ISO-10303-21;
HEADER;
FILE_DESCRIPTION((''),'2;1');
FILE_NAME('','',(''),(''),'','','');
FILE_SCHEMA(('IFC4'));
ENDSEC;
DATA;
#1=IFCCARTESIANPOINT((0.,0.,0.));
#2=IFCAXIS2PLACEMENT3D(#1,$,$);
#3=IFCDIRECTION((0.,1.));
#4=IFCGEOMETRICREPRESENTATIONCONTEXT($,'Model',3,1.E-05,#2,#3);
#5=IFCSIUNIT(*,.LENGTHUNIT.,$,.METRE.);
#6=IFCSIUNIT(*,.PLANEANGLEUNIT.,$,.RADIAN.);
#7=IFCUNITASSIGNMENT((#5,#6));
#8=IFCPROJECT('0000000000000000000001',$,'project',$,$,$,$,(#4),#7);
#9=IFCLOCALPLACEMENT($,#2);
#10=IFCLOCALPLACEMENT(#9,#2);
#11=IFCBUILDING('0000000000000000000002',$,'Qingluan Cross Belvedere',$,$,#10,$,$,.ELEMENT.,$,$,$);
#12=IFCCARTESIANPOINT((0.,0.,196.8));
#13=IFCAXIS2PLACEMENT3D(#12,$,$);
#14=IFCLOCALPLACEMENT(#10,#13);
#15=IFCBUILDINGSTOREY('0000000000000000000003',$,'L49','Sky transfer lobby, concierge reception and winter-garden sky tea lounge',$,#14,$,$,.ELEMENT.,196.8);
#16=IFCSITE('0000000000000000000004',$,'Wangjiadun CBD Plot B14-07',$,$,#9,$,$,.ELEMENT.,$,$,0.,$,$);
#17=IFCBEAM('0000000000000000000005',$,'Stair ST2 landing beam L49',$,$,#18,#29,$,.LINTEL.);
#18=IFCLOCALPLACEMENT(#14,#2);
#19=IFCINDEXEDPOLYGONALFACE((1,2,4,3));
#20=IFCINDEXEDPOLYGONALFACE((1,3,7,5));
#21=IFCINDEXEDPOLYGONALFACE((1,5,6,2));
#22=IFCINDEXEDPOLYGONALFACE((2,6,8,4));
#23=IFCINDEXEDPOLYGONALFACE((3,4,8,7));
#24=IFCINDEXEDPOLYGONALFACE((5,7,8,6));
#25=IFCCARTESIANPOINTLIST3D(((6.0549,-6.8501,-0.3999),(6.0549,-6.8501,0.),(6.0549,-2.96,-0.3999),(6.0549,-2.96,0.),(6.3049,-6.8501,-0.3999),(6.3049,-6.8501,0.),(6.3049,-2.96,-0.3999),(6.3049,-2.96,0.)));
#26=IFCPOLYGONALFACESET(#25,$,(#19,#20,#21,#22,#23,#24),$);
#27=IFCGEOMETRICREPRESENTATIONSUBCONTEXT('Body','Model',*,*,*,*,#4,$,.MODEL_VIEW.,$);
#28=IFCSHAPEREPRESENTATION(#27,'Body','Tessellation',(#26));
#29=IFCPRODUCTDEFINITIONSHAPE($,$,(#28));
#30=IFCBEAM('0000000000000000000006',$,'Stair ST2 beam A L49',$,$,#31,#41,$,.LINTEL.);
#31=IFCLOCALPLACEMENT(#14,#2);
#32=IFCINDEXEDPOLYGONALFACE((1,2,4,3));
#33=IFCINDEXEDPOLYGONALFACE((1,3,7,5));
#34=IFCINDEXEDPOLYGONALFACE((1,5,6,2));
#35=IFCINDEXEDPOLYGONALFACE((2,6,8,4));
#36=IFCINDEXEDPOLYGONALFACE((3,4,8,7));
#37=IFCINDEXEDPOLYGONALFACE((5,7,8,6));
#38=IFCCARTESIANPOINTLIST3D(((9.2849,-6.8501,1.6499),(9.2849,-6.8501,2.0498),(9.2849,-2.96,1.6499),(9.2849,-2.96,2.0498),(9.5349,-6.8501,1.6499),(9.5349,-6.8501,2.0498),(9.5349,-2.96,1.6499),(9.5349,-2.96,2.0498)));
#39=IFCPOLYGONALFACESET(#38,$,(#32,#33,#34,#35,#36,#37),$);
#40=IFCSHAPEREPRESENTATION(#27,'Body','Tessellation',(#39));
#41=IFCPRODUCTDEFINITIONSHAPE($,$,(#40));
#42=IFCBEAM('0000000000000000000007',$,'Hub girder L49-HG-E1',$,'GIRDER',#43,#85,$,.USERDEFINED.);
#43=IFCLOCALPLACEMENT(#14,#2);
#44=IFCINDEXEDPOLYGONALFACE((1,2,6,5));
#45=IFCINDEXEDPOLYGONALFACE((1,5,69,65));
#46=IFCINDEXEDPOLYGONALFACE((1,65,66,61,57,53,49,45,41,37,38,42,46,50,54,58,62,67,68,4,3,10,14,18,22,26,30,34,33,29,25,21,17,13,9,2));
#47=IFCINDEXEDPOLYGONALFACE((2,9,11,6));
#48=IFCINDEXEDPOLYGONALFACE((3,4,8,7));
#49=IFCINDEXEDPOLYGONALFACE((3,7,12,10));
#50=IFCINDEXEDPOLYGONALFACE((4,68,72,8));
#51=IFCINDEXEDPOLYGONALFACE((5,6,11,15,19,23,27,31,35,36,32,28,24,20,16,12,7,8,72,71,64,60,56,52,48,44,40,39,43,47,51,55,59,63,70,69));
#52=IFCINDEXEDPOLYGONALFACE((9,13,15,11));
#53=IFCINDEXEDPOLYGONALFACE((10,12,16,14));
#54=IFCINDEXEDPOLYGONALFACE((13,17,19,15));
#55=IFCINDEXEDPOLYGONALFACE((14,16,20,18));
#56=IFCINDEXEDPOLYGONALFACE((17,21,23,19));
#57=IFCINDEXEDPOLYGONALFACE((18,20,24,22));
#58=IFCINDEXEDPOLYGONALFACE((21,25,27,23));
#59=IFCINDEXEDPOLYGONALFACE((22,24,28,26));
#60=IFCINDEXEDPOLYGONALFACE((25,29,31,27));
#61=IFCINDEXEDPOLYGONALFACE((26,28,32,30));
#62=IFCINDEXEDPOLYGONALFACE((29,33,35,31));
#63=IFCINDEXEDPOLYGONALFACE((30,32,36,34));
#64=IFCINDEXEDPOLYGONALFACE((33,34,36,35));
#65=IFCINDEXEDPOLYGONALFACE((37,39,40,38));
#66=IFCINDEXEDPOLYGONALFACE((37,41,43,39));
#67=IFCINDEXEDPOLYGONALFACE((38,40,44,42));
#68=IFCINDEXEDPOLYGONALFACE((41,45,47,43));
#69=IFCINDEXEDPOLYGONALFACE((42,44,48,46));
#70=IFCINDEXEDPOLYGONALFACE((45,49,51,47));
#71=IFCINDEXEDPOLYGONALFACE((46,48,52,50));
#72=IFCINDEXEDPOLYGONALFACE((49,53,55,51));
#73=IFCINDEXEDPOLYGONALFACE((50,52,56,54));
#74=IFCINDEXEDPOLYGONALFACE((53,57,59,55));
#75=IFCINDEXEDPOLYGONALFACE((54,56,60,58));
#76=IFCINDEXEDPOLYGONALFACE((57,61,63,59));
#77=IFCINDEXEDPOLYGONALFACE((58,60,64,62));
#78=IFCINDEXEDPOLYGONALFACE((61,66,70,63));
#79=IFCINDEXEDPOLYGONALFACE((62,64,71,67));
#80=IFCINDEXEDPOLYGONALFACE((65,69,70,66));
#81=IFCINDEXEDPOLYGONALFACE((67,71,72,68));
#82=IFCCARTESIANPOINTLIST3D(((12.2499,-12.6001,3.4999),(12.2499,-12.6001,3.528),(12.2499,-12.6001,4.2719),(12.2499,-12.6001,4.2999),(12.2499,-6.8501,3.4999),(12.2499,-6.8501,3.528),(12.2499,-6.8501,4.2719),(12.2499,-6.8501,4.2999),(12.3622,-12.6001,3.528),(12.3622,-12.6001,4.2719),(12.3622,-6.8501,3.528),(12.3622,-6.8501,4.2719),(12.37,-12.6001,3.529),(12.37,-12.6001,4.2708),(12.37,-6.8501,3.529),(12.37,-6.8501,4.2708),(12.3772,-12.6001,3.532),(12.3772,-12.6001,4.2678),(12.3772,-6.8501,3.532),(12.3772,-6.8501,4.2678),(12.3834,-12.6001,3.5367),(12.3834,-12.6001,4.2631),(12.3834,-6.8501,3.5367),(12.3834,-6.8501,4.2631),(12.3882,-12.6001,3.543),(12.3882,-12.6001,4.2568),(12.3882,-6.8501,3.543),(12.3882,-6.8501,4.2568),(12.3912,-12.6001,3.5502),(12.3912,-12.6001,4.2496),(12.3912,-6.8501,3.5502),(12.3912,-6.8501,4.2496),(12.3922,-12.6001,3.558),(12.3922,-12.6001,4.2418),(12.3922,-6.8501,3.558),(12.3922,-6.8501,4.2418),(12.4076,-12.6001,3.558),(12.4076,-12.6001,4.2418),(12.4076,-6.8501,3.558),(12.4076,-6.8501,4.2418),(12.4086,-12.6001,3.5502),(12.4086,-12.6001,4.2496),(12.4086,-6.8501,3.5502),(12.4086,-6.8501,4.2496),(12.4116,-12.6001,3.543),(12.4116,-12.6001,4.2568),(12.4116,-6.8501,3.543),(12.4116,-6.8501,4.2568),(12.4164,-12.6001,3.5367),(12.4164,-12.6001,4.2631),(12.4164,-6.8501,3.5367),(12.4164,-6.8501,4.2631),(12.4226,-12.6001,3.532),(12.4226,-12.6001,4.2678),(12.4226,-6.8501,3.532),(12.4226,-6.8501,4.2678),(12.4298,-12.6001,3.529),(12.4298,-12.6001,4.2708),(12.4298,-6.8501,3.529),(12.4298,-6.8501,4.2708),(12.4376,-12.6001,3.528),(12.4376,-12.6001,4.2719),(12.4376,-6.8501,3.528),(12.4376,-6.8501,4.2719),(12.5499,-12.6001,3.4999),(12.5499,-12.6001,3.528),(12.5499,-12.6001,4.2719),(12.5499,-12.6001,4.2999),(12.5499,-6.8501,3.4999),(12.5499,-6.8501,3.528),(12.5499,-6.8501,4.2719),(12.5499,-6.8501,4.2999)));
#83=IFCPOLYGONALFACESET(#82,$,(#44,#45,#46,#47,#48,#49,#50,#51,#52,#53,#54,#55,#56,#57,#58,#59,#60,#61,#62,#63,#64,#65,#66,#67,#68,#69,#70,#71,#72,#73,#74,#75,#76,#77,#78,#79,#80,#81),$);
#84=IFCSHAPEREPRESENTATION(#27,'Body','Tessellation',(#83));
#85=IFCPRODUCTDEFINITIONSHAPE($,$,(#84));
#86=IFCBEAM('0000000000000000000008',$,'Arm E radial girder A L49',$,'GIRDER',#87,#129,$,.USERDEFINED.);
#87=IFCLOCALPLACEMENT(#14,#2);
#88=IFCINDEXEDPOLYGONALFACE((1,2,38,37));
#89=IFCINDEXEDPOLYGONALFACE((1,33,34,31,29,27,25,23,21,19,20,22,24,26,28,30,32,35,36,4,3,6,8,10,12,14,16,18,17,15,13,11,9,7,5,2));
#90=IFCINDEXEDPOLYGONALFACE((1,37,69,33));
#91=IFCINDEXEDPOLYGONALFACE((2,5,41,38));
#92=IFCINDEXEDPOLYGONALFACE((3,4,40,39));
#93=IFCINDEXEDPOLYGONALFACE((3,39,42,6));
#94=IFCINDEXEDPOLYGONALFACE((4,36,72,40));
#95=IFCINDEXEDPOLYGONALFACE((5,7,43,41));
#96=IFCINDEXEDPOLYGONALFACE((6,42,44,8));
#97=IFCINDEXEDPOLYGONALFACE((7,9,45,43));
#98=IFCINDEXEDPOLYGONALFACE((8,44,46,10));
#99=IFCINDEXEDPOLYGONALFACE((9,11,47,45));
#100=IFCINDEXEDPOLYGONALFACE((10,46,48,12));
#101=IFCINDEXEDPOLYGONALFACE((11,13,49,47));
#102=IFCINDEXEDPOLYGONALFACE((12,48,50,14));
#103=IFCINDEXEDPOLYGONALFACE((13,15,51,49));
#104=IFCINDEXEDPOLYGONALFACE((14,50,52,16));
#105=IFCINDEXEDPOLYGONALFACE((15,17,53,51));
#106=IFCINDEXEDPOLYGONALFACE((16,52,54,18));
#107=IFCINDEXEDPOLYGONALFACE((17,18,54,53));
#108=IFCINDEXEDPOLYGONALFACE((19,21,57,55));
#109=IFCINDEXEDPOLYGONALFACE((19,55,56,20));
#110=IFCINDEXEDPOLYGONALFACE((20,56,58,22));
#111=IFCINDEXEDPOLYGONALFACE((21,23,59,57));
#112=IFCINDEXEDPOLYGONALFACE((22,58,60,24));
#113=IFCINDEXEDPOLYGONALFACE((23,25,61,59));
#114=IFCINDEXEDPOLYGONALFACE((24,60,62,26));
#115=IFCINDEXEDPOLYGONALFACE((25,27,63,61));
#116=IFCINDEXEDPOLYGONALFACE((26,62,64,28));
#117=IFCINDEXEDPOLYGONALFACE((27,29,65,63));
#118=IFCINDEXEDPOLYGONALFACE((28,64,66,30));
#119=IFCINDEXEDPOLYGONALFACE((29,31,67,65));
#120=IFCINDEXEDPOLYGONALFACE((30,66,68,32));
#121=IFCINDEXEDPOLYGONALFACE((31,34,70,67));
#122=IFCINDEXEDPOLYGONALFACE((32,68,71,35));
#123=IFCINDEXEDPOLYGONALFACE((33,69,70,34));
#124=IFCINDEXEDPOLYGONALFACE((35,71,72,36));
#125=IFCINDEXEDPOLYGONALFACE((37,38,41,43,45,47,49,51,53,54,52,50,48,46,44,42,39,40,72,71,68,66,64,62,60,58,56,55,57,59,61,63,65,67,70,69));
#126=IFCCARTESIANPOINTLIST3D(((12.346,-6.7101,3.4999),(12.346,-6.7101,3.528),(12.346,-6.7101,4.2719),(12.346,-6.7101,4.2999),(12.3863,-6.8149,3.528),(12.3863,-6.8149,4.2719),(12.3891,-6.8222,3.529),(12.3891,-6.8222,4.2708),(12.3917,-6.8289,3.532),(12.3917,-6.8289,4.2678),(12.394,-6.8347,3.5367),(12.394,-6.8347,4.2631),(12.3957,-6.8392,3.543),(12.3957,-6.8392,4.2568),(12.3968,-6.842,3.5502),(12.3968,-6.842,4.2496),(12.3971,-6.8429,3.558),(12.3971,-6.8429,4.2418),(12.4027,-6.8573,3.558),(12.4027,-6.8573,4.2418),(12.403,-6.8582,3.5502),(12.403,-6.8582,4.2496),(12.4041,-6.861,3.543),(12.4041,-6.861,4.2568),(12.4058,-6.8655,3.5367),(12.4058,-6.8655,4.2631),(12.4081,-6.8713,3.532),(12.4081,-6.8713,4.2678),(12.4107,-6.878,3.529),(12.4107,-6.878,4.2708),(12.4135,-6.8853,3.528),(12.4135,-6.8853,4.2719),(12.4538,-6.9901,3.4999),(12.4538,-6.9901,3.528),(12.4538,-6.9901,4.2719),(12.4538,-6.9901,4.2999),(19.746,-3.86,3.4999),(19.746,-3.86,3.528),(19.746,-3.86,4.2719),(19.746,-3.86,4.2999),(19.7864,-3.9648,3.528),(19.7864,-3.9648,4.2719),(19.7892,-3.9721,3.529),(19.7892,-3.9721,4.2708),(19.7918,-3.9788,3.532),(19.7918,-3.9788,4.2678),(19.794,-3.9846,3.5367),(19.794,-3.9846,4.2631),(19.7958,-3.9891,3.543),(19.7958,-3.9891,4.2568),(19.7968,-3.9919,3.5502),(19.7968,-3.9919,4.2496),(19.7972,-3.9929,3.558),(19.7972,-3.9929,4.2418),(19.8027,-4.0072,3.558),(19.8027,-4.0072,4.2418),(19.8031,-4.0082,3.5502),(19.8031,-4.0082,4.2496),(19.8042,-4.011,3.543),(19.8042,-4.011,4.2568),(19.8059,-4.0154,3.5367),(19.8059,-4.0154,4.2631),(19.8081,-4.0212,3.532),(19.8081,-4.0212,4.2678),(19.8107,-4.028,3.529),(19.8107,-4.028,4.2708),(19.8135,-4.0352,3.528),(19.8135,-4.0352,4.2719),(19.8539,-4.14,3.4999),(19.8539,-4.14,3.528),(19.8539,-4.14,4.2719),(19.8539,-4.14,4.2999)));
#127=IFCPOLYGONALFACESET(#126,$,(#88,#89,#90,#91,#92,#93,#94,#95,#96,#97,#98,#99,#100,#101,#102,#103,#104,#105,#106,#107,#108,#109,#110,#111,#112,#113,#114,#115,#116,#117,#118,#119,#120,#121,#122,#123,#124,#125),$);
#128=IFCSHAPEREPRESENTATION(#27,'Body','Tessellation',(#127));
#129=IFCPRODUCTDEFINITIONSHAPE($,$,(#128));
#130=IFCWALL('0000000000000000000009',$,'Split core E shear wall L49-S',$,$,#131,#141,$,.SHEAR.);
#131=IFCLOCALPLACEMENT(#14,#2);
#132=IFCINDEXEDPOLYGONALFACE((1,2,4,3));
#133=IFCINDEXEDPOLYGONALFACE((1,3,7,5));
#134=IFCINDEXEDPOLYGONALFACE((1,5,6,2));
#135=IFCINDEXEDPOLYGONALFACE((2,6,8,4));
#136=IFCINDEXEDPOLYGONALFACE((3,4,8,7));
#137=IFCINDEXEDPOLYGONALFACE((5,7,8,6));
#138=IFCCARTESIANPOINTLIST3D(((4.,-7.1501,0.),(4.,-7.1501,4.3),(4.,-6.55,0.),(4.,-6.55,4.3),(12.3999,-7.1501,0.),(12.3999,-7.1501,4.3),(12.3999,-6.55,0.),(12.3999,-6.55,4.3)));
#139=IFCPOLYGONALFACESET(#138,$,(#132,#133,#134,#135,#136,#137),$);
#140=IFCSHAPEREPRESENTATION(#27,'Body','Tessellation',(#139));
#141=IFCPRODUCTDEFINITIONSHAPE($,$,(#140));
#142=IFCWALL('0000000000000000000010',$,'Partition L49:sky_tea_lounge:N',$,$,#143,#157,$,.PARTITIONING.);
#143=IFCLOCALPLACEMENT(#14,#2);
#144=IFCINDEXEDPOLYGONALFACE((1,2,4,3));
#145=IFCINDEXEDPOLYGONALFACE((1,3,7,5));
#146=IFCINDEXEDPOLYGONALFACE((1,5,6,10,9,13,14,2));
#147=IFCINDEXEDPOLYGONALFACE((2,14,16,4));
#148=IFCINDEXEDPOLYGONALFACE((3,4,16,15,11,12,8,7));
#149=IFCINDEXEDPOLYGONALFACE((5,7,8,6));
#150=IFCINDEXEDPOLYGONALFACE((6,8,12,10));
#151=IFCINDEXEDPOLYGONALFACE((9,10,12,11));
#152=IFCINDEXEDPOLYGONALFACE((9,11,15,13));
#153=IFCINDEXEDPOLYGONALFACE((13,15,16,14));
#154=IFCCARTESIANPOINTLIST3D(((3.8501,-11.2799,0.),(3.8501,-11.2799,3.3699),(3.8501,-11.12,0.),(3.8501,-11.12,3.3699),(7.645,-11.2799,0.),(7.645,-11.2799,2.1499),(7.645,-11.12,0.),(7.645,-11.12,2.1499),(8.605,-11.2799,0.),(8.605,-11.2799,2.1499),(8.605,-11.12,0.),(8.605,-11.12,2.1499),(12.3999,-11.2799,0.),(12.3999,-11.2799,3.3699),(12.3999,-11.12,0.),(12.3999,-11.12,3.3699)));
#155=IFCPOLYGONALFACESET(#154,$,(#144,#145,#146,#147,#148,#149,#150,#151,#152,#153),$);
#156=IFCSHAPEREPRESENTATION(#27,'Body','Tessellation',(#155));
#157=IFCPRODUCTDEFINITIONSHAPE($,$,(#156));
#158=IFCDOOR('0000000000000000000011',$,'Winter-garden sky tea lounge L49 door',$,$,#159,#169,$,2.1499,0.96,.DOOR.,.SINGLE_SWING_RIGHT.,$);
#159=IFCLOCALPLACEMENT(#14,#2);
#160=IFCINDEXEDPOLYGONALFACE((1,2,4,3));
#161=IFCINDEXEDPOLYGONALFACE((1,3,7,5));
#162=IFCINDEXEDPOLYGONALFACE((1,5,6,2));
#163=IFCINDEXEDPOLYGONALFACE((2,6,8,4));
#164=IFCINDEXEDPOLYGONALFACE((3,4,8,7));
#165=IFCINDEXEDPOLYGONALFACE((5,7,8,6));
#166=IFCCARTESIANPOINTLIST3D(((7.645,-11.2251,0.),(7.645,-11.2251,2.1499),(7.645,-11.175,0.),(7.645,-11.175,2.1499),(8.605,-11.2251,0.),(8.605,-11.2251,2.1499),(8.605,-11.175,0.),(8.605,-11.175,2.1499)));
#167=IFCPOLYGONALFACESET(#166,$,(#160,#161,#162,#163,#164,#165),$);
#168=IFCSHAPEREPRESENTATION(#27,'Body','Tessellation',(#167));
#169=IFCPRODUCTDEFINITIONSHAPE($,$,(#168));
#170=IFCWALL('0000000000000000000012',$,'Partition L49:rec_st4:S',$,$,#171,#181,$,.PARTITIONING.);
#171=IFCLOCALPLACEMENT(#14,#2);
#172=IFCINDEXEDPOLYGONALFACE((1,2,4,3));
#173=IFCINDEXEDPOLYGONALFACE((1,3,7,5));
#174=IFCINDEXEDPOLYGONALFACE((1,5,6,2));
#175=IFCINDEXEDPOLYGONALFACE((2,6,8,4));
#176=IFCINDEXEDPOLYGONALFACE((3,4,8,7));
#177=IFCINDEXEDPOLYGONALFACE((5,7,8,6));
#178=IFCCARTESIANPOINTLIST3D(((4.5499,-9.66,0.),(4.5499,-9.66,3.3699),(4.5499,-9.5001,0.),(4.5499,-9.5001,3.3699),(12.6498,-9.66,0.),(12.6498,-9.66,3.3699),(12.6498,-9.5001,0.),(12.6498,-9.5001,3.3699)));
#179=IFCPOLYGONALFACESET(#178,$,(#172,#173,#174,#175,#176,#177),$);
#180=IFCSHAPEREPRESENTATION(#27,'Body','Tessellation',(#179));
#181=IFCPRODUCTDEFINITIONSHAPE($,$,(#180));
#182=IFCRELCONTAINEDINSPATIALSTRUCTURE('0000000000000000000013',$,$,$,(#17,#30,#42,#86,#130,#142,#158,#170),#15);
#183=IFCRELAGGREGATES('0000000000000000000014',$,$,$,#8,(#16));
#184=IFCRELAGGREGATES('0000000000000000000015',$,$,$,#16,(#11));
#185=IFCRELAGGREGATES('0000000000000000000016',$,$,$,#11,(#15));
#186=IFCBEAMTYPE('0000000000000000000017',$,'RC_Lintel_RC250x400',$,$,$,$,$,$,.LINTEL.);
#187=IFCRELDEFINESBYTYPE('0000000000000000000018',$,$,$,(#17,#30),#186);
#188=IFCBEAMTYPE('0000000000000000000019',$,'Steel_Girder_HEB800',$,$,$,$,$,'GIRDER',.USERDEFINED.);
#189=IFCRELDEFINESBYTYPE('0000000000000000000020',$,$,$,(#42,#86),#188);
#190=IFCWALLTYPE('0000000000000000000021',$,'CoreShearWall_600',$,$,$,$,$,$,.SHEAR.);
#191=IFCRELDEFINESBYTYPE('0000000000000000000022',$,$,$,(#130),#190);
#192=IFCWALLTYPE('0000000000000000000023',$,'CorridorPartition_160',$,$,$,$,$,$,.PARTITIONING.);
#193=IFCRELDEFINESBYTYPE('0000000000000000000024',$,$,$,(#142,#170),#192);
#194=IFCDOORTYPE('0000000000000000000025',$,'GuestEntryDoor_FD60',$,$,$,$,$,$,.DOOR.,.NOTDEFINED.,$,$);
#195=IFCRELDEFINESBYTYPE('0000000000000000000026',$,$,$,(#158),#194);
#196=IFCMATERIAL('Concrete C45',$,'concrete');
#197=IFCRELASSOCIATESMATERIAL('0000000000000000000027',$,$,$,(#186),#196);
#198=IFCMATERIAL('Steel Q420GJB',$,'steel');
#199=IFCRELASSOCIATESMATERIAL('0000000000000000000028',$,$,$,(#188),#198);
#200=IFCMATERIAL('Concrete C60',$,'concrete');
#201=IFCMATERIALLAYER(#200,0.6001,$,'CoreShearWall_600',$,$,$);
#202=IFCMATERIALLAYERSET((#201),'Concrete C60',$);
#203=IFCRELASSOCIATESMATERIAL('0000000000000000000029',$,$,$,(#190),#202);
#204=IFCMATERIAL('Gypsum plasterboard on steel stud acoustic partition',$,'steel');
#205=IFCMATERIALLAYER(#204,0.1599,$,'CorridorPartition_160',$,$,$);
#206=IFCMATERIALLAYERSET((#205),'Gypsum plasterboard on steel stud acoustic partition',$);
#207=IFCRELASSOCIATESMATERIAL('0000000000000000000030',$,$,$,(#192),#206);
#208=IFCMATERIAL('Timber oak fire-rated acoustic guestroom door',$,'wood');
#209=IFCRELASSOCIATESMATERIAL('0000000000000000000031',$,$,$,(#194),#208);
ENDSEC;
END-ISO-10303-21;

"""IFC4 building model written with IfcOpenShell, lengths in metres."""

from ifc_helpers import new_model, si_unit, direction, frame, frame_2d, origin, origin_2d, place, context, subcontext, project, spatial, rectangle, i_section, extrude, material, layer, layer_set, material_profile, profile_set, type_object, element, fill, save


model = new_model("IFC4")

# Units and contexts
model_context = context("Model", 3, precision=1e-05, world=origin(), true_north=direction((0.0, 1.0)))
body_context = subcontext(model_context, "Body", "Model", "MODEL_VIEW")
ifc_project = project(units=[si_unit("LENGTHUNIT", "METRE"), si_unit("PLANEANGLEUNIT", "RADIAN")], contexts=[model_context])

# Site, building, storey
site_placement = place(None, origin())
site = spatial("IfcSite", under=ifc_project, at=site_placement, Name="Wangjiadun CBD Plot B14-07", CompositionType="ELEMENT", RefElevation=0.0)
building_placement = place(site_placement, origin())
building = spatial("IfcBuilding", under=site, at=building_placement, Name="Qingluan Cross Belvedere", CompositionType="ELEMENT")
storey_placement = place(building_placement, frame((0.0, 0.0, 196.8)))
storey = spatial("IfcBuildingStorey", under=building, at=storey_placement, Name="L49", Description="Sky transfer lobby, concierge reception and winter-garden sky tea lounge", CompositionType="ELEMENT", Elevation=196.8)

# Beams
ifc_material_1 = material(Name="Concrete C45", Category="concrete")
ifc_material_profile_1 = material_profile(ifc_material_1, rectangle(XDim=0.25, YDim=0.3999, at=origin_2d()), Name="RC250x400")
ifc_profile_set_1 = profile_set([ifc_material_profile_1], Name="Concrete C45")
beam_type_1 = type_object("IfcBeamType", Name="RC_Lintel_RC250x400", PredefinedType="LINTEL", material=ifc_profile_set_1)
for number, where, z_axis, x_axis, name in (
    (1, (6.1799, -6.8501, -0.2), (0.0, 1.0, 0.0), (-1.0, 0.0, 0.0), "Stair ST2 landing beam L49"),
    (2, (9.4099, -6.8501, 1.8499), (0.0, 1.0, 0.0), (-1.0, 0.0, 0.0), "Stair ST2 beam A L49"),
):
    element("IfcBeam", number, at=place(storey_placement, frame(where, z_axis=z_axis, x_axis=x_axis)), inside=storey, type_object=beam_type_1, Name=name, PredefinedType="LINTEL", context=body_context, shape_type="SweptSolid", body=[
        extrude(rectangle(XDim=0.25, YDim=0.3999, at=origin_2d()), origin(), (0.0, 0.0, 1.0), 3.8901),
    ])
ifc_material_2 = material(Name="Steel Q420GJB", Category="steel")
ifc_material_profile_2 = material_profile(ifc_material_2, i_section(OverallWidth=0.3, OverallDepth=0.8, WebThickness=0.0154, FlangeThickness=0.0281, FilletRadius=0.03, at=origin_2d()), Name="HEB800")
ifc_profile_set_2 = profile_set([ifc_material_profile_2], Name="Steel Q420GJB")
beam_type_2 = type_object("IfcBeamType", Name="Steel_Girder_HEB800", ElementType="GIRDER", PredefinedType="USERDEFINED", material=ifc_profile_set_2)
beam_1_placement = place(storey_placement, frame((12.3999, -12.6001, 3.8999), z_axis=(0.0, 1.0, 0.0), x_axis=(-1.0, 0.0, 0.0)))
element("IfcBeam", 3, at=beam_1_placement, inside=storey, type_object=beam_type_2, Name="Hub girder L49-HG-E1", ObjectType="GIRDER", PredefinedType="USERDEFINED", context=body_context, shape_type="SweptSolid", body=[
    extrude(i_section(OverallWidth=0.3, OverallDepth=0.8, WebThickness=0.0154, FlangeThickness=0.0281, FilletRadius=0.03, at=origin_2d()), origin(), (0.0, 0.0, 1.0), 5.75),
])
beam_2_placement = place(storey_placement, frame((12.3999, -6.8501, 3.8999), z_axis=(0.933181, 0.359406, 0.0), x_axis=(-0.359406, 0.933181, 0.0)))
element("IfcBeam", 4, at=beam_2_placement, inside=storey, type_object=beam_type_2, Name="Arm E radial girder A L49", ObjectType="GIRDER", PredefinedType="USERDEFINED", context=body_context, shape_type="SweptSolid", body=[
    extrude(i_section(OverallWidth=0.3, OverallDepth=0.8, WebThickness=0.0154, FlangeThickness=0.0281, FilletRadius=0.03, at=origin_2d()), origin(), (0.0, 0.0, 1.0), 7.9299),
])

# Wall
ifc_material_3 = material(Name="Concrete C60", Category="concrete")
ifc_layer_1 = layer(ifc_material_3, 0.6001, Name="CoreShearWall_600")
ifc_layer_set_1 = layer_set([ifc_layer_1], Name="Concrete C60")
wall_type_1 = type_object("IfcWallType", Name="CoreShearWall_600", PredefinedType="SHEAR", material=ifc_layer_set_1)
wall_1_placement = place(storey_placement, frame((4.0, -6.8501, 0.0), z_axis=(0.0, 0.0, 1.0), x_axis=(1.0, 0.0, 0.0)))
element("IfcWall", 5, at=wall_1_placement, inside=storey, type_object=wall_type_1, Name="Split core E shear wall L49-S", PredefinedType="SHEAR", context=body_context, shape_type="SweptSolid", body=[
    extrude(rectangle(XDim=8.3999, YDim=0.6001, at=frame_2d((4.2, 0.0))), origin(), (0.0, 0.0, 1.0), 4.3),
])

# Wall, opening, door
ifc_material_4 = material(Name="Gypsum plasterboard on steel stud acoustic partition", Category="steel")
ifc_layer_2 = layer(ifc_material_4, 0.1599, Name="CorridorPartition_160")
ifc_layer_set_2 = layer_set([ifc_layer_2], Name="Gypsum plasterboard on steel stud acoustic partition")
wall_type_2 = type_object("IfcWallType", Name="CorridorPartition_160", PredefinedType="PARTITIONING", material=ifc_layer_set_2)
wall_2_placement = place(storey_placement, frame((3.8501, -11.2, 0.0), z_axis=(0.0, 0.0, 1.0), x_axis=(1.0, 0.0, 0.0)))
wall_2 = element("IfcWall", 6, at=wall_2_placement, inside=storey, type_object=wall_type_2, Name="Partition L49:sky_tea_lounge:N", PredefinedType="PARTITIONING", context=body_context, shape_type="SweptSolid", body=[
    extrude(rectangle(XDim=8.5498, YDim=0.1599, at=frame_2d((4.2749, 0.0))), origin(), (0.0, 0.0, 1.0), 3.3699),
])
opening_1_placement = place(wall_2_placement, frame((3.7949, 0.0, 0.0)))
opening_1 = element("IfcOpeningElement", 7, at=opening_1_placement, cuts=wall_2, PredefinedType="OPENING", context=body_context, shape_type="SweptSolid", body=[
    extrude(rectangle(XDim=0.96, YDim=2.1499, at=frame_2d((0.48, 1.075))), frame((0.0, 0.0898, 0.0), z_axis=(0.0, -1.0, 0.0), x_axis=(1.0, 0.0, 0.0)), (0.0, 0.0, 1.0), 0.1799),
])
ifc_material_5 = material(Name="Timber oak fire-rated acoustic guestroom door", Category="wood")
door_type_1 = type_object("IfcDoorType", Name="GuestEntryDoor_FD60", OperationType="NOTDEFINED", PredefinedType="DOOR", material=ifc_material_5)
door_1_placement = place(opening_1_placement, origin())
door_1 = element("IfcDoor", 8, at=door_1_placement, inside=storey, type_object=door_type_1, Name="Winter-garden sky tea lounge L49 door", OperationType="SINGLE_SWING_RIGHT", OverallHeight=2.1499, OverallWidth=0.96, PredefinedType="DOOR", context=body_context, shape_type="SweptSolid", body=[
    extrude(rectangle(XDim=0.96, YDim=2.1499, at=frame_2d((0.48, 1.075))), frame((0.0, 0.0249, 0.0), z_axis=(0.0, -1.0, 0.0), x_axis=(1.0, 0.0, 0.0)), (0.0, 0.0, 1.0), 0.05),
])
fill(opening_1, door_1)

# Wall
wall_3_placement = place(storey_placement, frame((4.55, -9.5801, 0.0), z_axis=(0.0, 0.0, 1.0), x_axis=(1.0, 0.0, 0.0)))
element("IfcWall", 9, at=wall_3_placement, inside=storey, type_object=wall_type_2, Name="Partition L49:rec_st4:S", PredefinedType="PARTITIONING", context=body_context, shape_type="SweptSolid", body=[
    extrude(rectangle(XDim=8.0999, YDim=0.1599, at=frame_2d((4.0498, 0.0))), origin(), (0.0, 0.0, 1.0), 3.3699),
])

save(model, "model.ifc")
